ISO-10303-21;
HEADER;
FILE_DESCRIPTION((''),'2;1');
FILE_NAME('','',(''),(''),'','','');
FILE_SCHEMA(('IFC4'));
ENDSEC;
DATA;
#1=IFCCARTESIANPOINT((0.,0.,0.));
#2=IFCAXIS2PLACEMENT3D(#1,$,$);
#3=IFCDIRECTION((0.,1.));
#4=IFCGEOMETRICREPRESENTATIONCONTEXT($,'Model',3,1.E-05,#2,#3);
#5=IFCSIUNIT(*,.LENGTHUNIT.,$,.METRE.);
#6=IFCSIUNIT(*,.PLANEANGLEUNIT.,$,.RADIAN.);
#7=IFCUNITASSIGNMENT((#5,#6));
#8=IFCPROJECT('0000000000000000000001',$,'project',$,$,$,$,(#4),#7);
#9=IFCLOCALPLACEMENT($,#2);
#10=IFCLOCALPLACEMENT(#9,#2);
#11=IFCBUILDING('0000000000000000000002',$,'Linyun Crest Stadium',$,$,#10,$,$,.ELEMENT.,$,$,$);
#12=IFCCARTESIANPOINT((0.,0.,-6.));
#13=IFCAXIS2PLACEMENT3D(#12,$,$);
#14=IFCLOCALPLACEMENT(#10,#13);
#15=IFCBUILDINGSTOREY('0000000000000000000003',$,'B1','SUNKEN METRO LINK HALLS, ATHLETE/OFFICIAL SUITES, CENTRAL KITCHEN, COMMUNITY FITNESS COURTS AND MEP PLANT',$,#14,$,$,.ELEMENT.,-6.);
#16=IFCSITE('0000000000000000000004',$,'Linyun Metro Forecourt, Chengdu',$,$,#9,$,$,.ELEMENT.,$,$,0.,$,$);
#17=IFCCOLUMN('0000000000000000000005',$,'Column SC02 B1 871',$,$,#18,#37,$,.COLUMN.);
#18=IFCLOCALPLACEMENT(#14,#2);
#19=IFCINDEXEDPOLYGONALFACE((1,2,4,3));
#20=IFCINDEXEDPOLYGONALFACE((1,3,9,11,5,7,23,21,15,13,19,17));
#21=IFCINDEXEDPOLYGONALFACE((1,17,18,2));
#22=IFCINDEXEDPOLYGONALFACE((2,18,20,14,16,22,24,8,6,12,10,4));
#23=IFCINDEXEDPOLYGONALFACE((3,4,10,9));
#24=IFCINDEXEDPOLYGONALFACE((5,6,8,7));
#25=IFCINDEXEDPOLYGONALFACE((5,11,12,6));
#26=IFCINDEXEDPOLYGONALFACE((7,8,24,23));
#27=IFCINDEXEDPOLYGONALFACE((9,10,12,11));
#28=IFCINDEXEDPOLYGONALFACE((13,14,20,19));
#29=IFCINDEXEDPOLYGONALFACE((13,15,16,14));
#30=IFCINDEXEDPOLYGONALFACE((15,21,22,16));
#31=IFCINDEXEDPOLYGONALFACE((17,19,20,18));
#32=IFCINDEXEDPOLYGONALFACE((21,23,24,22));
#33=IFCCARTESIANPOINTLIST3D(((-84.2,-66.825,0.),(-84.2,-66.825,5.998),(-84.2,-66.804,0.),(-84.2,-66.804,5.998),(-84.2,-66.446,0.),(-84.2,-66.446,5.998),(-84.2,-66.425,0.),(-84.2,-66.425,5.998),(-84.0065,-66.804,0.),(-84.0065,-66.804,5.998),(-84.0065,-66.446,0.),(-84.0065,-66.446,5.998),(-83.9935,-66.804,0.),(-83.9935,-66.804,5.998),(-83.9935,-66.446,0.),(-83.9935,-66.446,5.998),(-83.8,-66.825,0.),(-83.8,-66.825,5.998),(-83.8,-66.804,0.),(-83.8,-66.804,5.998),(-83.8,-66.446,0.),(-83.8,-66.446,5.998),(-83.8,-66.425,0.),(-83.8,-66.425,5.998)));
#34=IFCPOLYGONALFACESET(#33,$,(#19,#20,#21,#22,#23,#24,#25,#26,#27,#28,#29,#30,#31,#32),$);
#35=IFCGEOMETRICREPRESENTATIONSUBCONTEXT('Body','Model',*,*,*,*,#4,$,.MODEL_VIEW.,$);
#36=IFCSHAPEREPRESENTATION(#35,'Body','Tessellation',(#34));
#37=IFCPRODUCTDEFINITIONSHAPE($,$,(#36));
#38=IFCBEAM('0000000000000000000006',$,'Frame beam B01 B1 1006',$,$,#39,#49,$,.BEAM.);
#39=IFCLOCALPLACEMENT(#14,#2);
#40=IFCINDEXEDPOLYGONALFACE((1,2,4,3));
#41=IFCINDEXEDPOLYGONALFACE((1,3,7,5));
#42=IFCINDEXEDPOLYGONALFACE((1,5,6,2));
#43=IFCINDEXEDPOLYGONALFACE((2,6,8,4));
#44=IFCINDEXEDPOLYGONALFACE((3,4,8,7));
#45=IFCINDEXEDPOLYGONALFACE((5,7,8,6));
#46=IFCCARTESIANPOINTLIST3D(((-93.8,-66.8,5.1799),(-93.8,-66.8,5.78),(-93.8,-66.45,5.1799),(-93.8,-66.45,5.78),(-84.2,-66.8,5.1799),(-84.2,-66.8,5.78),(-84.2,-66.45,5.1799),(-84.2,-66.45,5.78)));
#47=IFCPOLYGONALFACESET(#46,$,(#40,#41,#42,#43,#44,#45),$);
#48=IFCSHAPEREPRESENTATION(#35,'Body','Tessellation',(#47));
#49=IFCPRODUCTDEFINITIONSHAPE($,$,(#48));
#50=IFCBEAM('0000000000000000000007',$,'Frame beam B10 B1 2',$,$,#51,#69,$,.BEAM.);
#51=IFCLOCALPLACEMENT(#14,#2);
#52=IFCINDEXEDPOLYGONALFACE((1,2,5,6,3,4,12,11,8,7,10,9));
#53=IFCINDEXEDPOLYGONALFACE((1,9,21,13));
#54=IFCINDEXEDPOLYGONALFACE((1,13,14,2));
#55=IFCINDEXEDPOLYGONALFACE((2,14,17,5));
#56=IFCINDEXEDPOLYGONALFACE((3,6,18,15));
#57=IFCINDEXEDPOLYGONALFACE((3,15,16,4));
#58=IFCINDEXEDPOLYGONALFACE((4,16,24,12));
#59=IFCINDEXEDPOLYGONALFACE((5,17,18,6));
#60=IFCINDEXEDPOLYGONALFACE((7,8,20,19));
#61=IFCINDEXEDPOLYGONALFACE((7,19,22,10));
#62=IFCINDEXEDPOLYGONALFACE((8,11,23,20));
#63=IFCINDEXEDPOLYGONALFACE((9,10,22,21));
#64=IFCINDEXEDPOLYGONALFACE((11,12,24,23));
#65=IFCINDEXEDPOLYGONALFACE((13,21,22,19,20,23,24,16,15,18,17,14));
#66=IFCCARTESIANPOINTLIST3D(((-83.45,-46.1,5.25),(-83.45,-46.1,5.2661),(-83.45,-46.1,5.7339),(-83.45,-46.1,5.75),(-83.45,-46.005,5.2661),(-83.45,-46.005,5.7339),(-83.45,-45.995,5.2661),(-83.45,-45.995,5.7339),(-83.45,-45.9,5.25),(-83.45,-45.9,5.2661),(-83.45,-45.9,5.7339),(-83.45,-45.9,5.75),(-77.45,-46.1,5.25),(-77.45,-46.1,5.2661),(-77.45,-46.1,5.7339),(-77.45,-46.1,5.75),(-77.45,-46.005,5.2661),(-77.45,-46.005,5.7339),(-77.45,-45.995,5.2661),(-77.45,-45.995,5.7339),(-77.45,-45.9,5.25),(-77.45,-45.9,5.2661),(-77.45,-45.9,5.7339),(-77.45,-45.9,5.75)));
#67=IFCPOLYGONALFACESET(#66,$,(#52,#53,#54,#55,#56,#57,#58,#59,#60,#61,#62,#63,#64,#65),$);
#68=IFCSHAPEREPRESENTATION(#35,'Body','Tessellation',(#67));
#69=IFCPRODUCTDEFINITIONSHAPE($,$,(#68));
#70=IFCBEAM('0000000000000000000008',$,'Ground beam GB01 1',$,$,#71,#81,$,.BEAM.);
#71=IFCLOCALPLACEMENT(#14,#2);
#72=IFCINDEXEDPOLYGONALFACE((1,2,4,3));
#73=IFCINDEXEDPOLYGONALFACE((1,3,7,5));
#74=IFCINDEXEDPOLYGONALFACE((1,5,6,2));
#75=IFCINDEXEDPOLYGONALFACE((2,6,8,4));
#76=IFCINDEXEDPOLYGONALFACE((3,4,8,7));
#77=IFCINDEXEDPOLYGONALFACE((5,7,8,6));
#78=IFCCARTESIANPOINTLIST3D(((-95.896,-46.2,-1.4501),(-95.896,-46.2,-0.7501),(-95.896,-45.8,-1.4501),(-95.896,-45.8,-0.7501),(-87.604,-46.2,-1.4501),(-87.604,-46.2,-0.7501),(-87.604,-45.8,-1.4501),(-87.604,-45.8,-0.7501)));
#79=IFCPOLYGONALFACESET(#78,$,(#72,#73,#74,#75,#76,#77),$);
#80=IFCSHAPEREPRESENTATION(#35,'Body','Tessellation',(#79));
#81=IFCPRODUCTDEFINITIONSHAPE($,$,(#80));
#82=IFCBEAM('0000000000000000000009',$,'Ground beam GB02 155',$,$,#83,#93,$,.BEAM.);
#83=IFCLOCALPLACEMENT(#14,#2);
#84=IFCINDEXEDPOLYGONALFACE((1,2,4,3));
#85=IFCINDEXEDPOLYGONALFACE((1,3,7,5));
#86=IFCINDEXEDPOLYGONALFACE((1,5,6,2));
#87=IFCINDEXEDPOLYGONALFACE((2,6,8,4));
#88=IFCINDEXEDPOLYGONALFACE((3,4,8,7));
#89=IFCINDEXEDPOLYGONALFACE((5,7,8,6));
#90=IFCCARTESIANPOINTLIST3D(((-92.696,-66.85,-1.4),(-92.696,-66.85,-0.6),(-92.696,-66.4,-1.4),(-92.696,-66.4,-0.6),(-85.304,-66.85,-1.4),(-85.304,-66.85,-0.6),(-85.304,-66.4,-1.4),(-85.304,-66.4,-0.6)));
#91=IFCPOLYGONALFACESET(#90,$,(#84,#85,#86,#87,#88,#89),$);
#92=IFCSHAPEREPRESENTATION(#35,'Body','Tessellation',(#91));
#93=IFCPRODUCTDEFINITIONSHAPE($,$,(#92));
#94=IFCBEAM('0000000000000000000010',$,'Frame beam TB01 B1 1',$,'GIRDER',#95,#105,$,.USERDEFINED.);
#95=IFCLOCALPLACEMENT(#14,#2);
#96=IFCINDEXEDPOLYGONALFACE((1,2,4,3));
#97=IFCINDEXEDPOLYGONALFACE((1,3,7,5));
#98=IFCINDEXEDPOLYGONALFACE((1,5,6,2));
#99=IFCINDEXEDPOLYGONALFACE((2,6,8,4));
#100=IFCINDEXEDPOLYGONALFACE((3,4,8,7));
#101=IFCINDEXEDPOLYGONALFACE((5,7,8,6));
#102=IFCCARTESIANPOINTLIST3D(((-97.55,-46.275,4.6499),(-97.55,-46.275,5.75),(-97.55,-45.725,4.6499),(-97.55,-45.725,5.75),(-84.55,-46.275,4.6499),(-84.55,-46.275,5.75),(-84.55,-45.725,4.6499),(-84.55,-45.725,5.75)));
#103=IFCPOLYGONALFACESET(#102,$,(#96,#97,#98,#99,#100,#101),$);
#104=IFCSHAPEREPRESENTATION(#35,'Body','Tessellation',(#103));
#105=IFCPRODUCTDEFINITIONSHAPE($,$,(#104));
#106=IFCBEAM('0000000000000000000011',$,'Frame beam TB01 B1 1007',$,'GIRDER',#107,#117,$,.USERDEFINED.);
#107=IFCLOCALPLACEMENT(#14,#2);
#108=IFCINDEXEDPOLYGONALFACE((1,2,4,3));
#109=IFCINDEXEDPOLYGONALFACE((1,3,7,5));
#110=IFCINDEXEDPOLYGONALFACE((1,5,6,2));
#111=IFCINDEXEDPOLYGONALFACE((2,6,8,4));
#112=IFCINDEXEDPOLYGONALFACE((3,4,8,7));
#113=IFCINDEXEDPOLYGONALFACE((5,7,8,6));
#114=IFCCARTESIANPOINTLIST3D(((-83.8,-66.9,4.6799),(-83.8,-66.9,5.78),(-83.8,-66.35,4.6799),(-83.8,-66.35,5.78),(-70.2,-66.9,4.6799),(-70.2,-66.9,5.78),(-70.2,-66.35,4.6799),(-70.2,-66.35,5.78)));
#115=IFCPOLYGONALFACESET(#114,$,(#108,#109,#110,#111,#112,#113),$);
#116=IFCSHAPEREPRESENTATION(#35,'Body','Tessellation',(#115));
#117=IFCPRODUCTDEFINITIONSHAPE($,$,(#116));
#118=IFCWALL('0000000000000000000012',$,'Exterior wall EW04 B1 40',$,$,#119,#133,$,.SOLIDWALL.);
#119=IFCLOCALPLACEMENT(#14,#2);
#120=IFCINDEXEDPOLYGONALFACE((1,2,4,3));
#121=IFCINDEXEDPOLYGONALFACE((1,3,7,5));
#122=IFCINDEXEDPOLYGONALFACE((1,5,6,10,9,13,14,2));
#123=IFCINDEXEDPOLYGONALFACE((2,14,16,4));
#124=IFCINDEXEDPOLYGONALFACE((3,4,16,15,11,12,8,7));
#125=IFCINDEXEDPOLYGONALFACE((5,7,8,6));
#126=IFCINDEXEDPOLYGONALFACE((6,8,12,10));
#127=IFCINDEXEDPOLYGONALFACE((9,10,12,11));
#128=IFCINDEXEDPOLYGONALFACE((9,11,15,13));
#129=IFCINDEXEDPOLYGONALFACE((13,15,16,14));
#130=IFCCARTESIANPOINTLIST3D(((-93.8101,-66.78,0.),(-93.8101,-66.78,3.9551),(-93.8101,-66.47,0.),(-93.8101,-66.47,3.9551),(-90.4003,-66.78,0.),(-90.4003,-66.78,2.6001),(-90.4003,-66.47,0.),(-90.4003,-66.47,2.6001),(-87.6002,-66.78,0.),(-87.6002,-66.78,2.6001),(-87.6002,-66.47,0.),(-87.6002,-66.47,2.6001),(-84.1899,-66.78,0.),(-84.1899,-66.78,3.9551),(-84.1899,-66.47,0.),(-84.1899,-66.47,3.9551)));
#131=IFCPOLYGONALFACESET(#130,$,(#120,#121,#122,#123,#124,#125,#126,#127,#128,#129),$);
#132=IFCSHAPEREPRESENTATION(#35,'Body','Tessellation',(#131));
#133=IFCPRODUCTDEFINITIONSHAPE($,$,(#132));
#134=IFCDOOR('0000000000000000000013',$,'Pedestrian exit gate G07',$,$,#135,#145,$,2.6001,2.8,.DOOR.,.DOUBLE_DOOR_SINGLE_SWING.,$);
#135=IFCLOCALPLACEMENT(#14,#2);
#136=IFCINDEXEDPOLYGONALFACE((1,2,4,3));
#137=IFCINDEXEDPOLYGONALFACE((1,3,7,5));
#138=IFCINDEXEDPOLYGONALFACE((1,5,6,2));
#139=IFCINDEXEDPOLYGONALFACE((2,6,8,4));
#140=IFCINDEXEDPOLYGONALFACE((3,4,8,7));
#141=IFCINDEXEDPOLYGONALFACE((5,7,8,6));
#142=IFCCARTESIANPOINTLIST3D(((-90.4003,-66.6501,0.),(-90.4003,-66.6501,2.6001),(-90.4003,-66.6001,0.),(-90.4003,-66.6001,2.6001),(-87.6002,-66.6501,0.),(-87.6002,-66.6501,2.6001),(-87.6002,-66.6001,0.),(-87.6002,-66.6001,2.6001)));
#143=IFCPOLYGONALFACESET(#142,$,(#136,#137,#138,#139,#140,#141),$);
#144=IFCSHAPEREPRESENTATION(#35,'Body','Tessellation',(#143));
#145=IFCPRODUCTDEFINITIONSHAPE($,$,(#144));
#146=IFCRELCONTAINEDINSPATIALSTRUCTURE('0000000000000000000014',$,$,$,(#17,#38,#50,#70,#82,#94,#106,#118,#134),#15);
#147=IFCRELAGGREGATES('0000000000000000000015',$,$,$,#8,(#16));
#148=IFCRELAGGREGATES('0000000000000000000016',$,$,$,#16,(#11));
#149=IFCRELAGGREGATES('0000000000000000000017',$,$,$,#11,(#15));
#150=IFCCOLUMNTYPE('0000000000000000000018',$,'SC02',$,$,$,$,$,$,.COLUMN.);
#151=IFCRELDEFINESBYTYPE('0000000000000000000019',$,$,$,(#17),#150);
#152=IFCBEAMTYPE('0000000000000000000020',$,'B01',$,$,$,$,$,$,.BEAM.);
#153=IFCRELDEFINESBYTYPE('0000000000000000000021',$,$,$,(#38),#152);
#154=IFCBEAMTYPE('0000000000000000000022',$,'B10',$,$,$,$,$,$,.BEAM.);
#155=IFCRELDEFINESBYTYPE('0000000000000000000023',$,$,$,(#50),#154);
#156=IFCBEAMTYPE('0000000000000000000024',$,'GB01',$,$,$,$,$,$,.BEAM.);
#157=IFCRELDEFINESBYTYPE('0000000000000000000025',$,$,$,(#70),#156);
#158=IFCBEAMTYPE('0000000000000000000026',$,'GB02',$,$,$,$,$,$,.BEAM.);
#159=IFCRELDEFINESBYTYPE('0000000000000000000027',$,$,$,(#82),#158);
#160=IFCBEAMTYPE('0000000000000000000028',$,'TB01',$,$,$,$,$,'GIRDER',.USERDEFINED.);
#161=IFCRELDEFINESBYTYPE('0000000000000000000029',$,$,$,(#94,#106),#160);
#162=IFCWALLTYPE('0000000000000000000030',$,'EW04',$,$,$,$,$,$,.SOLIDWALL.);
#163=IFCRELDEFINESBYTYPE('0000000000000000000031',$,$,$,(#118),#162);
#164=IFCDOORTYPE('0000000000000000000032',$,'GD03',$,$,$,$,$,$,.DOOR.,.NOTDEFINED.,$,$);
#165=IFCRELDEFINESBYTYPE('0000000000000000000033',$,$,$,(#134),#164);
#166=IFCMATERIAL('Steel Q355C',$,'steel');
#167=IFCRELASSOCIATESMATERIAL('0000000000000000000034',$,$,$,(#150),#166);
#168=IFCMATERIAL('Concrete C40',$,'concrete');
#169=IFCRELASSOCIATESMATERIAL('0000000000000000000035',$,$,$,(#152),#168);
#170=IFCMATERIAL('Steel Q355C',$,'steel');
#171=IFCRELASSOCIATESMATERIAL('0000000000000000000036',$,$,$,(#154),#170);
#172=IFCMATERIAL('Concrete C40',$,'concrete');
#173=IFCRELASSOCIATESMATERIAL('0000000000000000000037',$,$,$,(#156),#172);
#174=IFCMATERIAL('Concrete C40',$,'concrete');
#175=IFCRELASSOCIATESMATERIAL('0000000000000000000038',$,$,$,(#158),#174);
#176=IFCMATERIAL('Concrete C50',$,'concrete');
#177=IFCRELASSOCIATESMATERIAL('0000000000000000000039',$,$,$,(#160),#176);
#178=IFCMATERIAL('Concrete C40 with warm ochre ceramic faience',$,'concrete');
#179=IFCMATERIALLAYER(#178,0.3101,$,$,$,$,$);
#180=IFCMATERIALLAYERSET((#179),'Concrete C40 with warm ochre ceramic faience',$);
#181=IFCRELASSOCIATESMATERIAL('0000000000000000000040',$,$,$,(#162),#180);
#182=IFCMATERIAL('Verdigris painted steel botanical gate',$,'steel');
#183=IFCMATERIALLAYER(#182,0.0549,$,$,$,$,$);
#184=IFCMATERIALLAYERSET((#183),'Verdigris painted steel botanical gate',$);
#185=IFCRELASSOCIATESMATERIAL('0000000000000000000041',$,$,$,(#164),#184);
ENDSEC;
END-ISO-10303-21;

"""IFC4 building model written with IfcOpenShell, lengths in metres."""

from ifc_helpers import new_model, si_unit, direction, frame, frame_2d, origin, origin_2d, place, context, subcontext, project, spatial, rectangle, i_section, extrude, material, layer, layer_set, material_profile, profile_set, type_object, element, fill, save


model = new_model("IFC4")

# Units and contexts
model_context = context("Model", 3, precision=1e-05, world=origin(), true_north=direction((0.0, 1.0)))
body_context = subcontext(model_context, "Body", "Model", "MODEL_VIEW")
ifc_project = project(units=[si_unit("LENGTHUNIT", "METRE"), si_unit("PLANEANGLEUNIT", "RADIAN")], contexts=[model_context])

# Site, building, storey
site_placement = place(None, origin())
site = spatial("IfcSite", under=ifc_project, at=site_placement, Name="Linyun Metro Forecourt, Chengdu", CompositionType="ELEMENT", RefElevation=0.0)
building_placement = place(site_placement, origin())
building = spatial("IfcBuilding", under=site, at=building_placement, Name="Linyun Crest Stadium", CompositionType="ELEMENT")
storey_placement = place(building_placement, frame((0.0, 0.0, -6.0)))
storey = spatial("IfcBuildingStorey", under=building, at=storey_placement, Name="B1", Description="SUNKEN METRO LINK HALLS, ATHLETE/OFFICIAL SUITES, CENTRAL KITCHEN, COMMUNITY FITNESS COURTS AND MEP PLANT", CompositionType="ELEMENT", Elevation=-6.0)

# Column
ifc_material_1 = material(Name="Steel Q355C", Category="steel")
ifc_material_profile_1 = material_profile(ifc_material_1, i_section(OverallWidth=0.3999, OverallDepth=0.3999, WebThickness=0.0129, FlangeThickness=0.021, at=origin_2d()), Name="HW 400x400")
ifc_profile_set_1 = profile_set([ifc_material_profile_1], Name="Steel Q355C")
column_type_1 = type_object("IfcColumnType", Name="SC02", PredefinedType="COLUMN", material=ifc_profile_set_1)
column_1_placement = place(storey_placement, frame((-84.0, -66.625, 0.0), z_axis=(0.0, 0.0, 1.0), x_axis=(1.0, 0.0, 0.0)))
element("IfcColumn", 1, at=column_1_placement, inside=storey, type_object=column_type_1, Name="Column SC02 B1 871", PredefinedType="COLUMN", context=body_context, shape_type="SweptSolid", body=[
    extrude(i_section(OverallWidth=0.3999, OverallDepth=0.3999, WebThickness=0.0129, FlangeThickness=0.021, at=origin_2d()), origin(), (0.0, 0.0, 1.0), 5.998),
])

# Beams
ifc_material_2 = material(Name="Concrete C40", Category="concrete")
ifc_material_profile_2 = material_profile(ifc_material_2, rectangle(XDim=0.3501, YDim=0.6001, at=origin_2d()), Name="RCB 600x350")
ifc_profile_set_2 = profile_set([ifc_material_profile_2], Name="Concrete C40")
beam_type_1 = type_object("IfcBeamType", Name="B01", PredefinedType="BEAM", material=ifc_profile_set_2)
beam_1_placement = place(storey_placement, frame((-93.8, -66.625, 5.48), z_axis=(1.0, 0.0, 0.0), x_axis=(0.0, 1.0, 0.0)))
element("IfcBeam", 2, at=beam_1_placement, inside=storey, type_object=beam_type_1, Name="Frame beam B01 B1 1006", PredefinedType="BEAM", context=body_context, shape_type="SweptSolid", body=[
    extrude(rectangle(XDim=0.3501, YDim=0.6001, at=origin_2d()), origin(), (0.0, 0.0, 1.0), 9.6001),
])
ifc_material_3 = material(Name="Steel Q355C", Category="steel")
ifc_material_profile_3 = material_profile(ifc_material_3, i_section(OverallWidth=0.2, OverallDepth=0.5, WebThickness=0.01, FlangeThickness=0.0161, at=origin_2d()), Name="HN 500x200")
ifc_profile_set_3 = profile_set([ifc_material_profile_3], Name="Steel Q355C")
beam_type_2 = type_object("IfcBeamType", Name="B10", PredefinedType="BEAM", material=ifc_profile_set_3)
beam_2_placement = place(storey_placement, frame((-83.45, -46.0, 5.5), z_axis=(1.0, 0.0, 0.0), x_axis=(0.0, 1.0, 0.0)))
element("IfcBeam", 3, at=beam_2_placement, inside=storey, type_object=beam_type_2, Name="Frame beam B10 B1 2", PredefinedType="BEAM", context=body_context, shape_type="SweptSolid", body=[
    extrude(i_section(OverallWidth=0.2, OverallDepth=0.5, WebThickness=0.01, FlangeThickness=0.0161, at=origin_2d()), origin(), (0.0, 0.0, 1.0), 6.0),
])
ifc_material_4 = material(Name="Concrete C40", Category="concrete")
ifc_material_profile_4 = material_profile(ifc_material_4, rectangle(XDim=0.3999, YDim=0.7, at=origin_2d()), Name="RCB 700x400")
ifc_profile_set_4 = profile_set([ifc_material_profile_4], Name="Concrete C40")
beam_type_3 = type_object("IfcBeamType", Name="GB01", PredefinedType="BEAM", material=ifc_profile_set_4)
beam_3_placement = place(storey_placement, frame((-95.896, -46.0, -1.1001), z_axis=(1.0, 0.0, 0.0), x_axis=(0.0, 1.0, 0.0)))
element("IfcBeam", 4, at=beam_3_placement, inside=storey, type_object=beam_type_3, Name="Ground beam GB01 1", PredefinedType="BEAM", context=body_context, shape_type="SweptSolid", body=[
    extrude(rectangle(XDim=0.3999, YDim=0.7, at=origin_2d()), origin(), (0.0, 0.0, 1.0), 8.292),
])
ifc_material_5 = material(Name="Concrete C40", Category="concrete")
ifc_material_profile_5 = material_profile(ifc_material_5, rectangle(XDim=0.45, YDim=0.8, at=origin_2d()), Name="RCB 800x450")
ifc_profile_set_5 = profile_set([ifc_material_profile_5], Name="Concrete C40")
beam_type_4 = type_object("IfcBeamType", Name="GB02", PredefinedType="BEAM", material=ifc_profile_set_5)
beam_4_placement = place(storey_placement, frame((-92.696, -66.625, -1.0), z_axis=(1.0, 0.0, 0.0), x_axis=(0.0, 1.0, 0.0)))
element("IfcBeam", 5, at=beam_4_placement, inside=storey, type_object=beam_type_4, Name="Ground beam GB02 155", PredefinedType="BEAM", context=body_context, shape_type="SweptSolid", body=[
    extrude(rectangle(XDim=0.45, YDim=0.8, at=origin_2d()), origin(), (0.0, 0.0, 1.0), 7.3921),
])
ifc_material_6 = material(Name="Concrete C50", Category="concrete")
ifc_material_profile_6 = material_profile(ifc_material_6, rectangle(XDim=0.55, YDim=1.1001, at=origin_2d()), Name="RCB 1100x550")
ifc_profile_set_6 = profile_set([ifc_material_profile_6], Name="Concrete C50")
beam_type_5 = type_object("IfcBeamType", Name="TB01", ElementType="GIRDER", PredefinedType="USERDEFINED", material=ifc_profile_set_6)
beam_5_placement = place(storey_placement, frame((-97.55, -46.0, 5.2), z_axis=(1.0, 0.0, 0.0), x_axis=(0.0, 1.0, 0.0)))
element("IfcBeam", 6, at=beam_5_placement, inside=storey, type_object=beam_type_5, Name="Frame beam TB01 B1 1", ObjectType="GIRDER", PredefinedType="USERDEFINED", context=body_context, shape_type="SweptSolid", body=[
    extrude(rectangle(XDim=0.55, YDim=1.1001, at=origin_2d()), origin(), (0.0, 0.0, 1.0), 13.0),
])
beam_6_placement = place(storey_placement, frame((-83.8, -66.625, 5.23), z_axis=(1.0, 0.0, 0.0), x_axis=(0.0, 1.0, 0.0)))
element("IfcBeam", 7, at=beam_6_placement, inside=storey, type_object=beam_type_5, Name="Frame beam TB01 B1 1007", ObjectType="GIRDER", PredefinedType="USERDEFINED", context=body_context, shape_type="SweptSolid", body=[
    extrude(rectangle(XDim=0.55, YDim=1.1001, at=origin_2d()), origin(), (0.0, 0.0, 1.0), 13.6001),
])

# Wall, opening, door
ifc_material_7 = material(Name="Concrete C40 with warm ochre ceramic faience", Category="concrete")
ifc_layer_1 = layer(ifc_material_7, 0.3101)
ifc_layer_set_1 = layer_set([ifc_layer_1], Name="Concrete C40 with warm ochre ceramic faience")
wall_type = type_object("IfcWallType", Name="EW04", PredefinedType="SOLIDWALL", material=ifc_layer_set_1)
wall_1_placement = place(storey_placement, frame((-93.8101, -66.625, 0.0), z_axis=(0.0, 0.0, 1.0), x_axis=(1.0, 0.0, 0.0)))
wall_1 = element("IfcWall", 8, at=wall_1_placement, inside=storey, type_object=wall_type, Name="Exterior wall EW04 B1 40", PredefinedType="SOLIDWALL", context=body_context, shape_type="SweptSolid", body=[
    extrude(rectangle(XDim=9.6201, YDim=0.3101, at=frame_2d((4.8101, 0.0))), origin(), (0.0, 0.0, 1.0), 3.9551),
])
opening_1_placement = place(wall_1_placement, frame((3.4099, 0.0, 0.0)))
opening_1 = element("IfcOpeningElement", 9, at=opening_1_placement, cuts=wall_1, PredefinedType="OPENING", context=body_context, shape_type="SweptSolid", body=[
    extrude(rectangle(XDim=2.8, YDim=2.6001, at=frame_2d((1.3999, 1.3))), frame((0.0, 0.165, 0.0), z_axis=(0.0, -1.0, 0.0), x_axis=(1.0, 0.0, 0.0)), (0.0, 0.0, 1.0), 0.3301),
])
ifc_material_8 = material(Name="Verdigris painted steel botanical gate", Category="steel")
ifc_layer_2 = layer(ifc_material_8, 0.0549)
ifc_layer_set_2 = layer_set([ifc_layer_2], Name="Verdigris painted steel botanical gate")
door_type = type_object("IfcDoorType", Name="GD03", OperationType="NOTDEFINED", PredefinedType="DOOR", material=ifc_layer_set_2)
door_1_placement = place(opening_1_placement, origin())
door_1 = element("IfcDoor", 10, at=door_1_placement, inside=storey, type_object=door_type, Name="Pedestrian exit gate G07", OperationType="DOUBLE_DOOR_SINGLE_SWING", OverallHeight=2.6001, OverallWidth=2.8, PredefinedType="DOOR", context=body_context, shape_type="SweptSolid", body=[
    extrude(rectangle(XDim=2.8, YDim=2.6001, at=frame_2d((1.3999, 1.3))), frame((0.0, 0.0249, 0.0), z_axis=(0.0, -1.0, 0.0), x_axis=(1.0, 0.0, 0.0)), (0.0, 0.0, 1.0), 0.05),
])
fill(opening_1, door_1)

save(model, "model.ifc")
